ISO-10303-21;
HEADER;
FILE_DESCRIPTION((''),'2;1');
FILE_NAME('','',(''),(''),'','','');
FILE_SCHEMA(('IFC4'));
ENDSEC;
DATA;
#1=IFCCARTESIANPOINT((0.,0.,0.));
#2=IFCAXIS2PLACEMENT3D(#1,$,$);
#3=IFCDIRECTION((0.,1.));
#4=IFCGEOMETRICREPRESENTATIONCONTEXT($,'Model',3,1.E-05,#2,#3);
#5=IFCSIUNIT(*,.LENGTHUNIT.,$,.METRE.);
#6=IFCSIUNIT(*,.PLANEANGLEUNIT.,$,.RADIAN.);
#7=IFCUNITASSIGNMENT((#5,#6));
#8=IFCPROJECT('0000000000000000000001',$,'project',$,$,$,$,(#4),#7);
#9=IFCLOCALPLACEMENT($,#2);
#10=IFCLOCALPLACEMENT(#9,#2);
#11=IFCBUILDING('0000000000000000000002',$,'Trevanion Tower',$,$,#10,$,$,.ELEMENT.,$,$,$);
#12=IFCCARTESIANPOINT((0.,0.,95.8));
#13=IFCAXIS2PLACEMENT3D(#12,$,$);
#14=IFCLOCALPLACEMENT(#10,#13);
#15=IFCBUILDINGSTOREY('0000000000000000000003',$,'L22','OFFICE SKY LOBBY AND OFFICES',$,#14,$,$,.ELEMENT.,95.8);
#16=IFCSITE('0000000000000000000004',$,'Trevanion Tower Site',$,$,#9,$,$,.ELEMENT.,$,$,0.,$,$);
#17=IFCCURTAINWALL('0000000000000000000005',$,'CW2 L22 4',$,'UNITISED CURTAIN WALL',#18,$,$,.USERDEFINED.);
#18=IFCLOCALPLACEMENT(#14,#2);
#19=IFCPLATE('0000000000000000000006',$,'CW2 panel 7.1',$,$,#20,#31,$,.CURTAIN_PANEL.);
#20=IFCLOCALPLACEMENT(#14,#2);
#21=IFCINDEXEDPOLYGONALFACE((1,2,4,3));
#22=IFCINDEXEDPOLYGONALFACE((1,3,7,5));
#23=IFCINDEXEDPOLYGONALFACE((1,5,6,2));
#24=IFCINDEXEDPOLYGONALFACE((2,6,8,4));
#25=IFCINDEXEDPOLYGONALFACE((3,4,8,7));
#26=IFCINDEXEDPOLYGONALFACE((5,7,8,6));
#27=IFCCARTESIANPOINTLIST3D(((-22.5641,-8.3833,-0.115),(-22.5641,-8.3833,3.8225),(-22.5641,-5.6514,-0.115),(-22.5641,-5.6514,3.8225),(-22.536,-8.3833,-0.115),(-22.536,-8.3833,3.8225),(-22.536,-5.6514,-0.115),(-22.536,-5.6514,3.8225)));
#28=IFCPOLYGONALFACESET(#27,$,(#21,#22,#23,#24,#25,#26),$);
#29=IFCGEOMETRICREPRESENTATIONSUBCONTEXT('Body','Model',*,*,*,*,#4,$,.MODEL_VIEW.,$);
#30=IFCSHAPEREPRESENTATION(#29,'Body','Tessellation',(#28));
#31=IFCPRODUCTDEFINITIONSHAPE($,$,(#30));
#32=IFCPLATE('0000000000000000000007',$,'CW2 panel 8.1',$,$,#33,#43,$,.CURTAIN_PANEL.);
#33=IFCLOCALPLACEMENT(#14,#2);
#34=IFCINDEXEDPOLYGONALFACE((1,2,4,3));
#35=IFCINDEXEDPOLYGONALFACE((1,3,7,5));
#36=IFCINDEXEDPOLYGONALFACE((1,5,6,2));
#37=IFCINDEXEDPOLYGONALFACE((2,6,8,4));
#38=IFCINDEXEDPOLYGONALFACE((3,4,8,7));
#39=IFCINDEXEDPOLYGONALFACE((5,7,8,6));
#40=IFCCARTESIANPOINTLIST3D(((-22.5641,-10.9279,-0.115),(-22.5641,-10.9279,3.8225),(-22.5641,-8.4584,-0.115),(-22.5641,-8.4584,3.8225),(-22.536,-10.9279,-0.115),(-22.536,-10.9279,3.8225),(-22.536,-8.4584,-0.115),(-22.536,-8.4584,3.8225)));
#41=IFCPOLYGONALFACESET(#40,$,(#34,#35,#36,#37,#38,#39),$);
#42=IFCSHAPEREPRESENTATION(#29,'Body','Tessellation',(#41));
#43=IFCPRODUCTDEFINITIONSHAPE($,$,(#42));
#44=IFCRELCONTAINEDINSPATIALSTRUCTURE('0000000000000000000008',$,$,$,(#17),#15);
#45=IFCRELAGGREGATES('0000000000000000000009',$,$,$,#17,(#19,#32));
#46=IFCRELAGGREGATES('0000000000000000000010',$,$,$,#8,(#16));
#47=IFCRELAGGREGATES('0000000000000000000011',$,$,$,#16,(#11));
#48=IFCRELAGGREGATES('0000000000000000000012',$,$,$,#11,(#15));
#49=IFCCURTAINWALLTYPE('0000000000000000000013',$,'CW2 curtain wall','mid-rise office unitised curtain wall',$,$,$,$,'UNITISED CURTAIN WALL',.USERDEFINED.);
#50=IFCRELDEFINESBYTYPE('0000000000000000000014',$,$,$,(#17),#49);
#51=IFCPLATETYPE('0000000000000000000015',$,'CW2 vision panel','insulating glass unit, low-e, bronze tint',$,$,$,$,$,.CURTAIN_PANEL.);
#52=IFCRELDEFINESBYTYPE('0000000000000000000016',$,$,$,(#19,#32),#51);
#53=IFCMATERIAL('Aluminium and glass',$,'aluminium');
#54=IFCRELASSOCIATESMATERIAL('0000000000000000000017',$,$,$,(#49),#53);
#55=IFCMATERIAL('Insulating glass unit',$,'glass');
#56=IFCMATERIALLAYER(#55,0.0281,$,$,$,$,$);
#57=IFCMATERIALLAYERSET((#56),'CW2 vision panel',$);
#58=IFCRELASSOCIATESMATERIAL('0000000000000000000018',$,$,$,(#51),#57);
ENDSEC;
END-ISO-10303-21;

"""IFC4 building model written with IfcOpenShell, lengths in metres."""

from ifc_helpers import new_model, si_unit, direction, frame, origin, origin_2d, place, context, subcontext, project, spatial, rectangle, extrude, material, layer, layer_set, type_object, element, aggregate, save


model = new_model("IFC4")

# Units and contexts
model_context = context("Model", 3, precision=1e-05, world=origin(), true_north=direction((0.0, 1.0)))
body_context = subcontext(model_context, "Body", "Model", "MODEL_VIEW")
ifc_project = project(units=[si_unit("LENGTHUNIT", "METRE"), si_unit("PLANEANGLEUNIT", "RADIAN")], contexts=[model_context])

# Site, building, storey
site_placement = place(None, origin())
site = spatial("IfcSite", under=ifc_project, at=site_placement, Name="Trevanion Tower Site", CompositionType="ELEMENT", RefElevation=0.0)
building_placement = place(site_placement, origin())
building = spatial("IfcBuilding", under=site, at=building_placement, Name="Trevanion Tower", CompositionType="ELEMENT")
storey_placement = place(building_placement, frame((0.0, 0.0, 95.8)))
storey = spatial("IfcBuildingStorey", under=building, at=storey_placement, Name="L22", Description="OFFICE SKY LOBBY AND OFFICES", CompositionType="ELEMENT", Elevation=95.8)

# Curtain wall, plates
ifc_material_1 = material(Name="Aluminium and glass", Category="aluminium")
curtain_wall_type = type_object("IfcCurtainWallType", Name="CW2 curtain wall", Description="mid-rise office unitised curtain wall", ElementType="UNITISED CURTAIN WALL", PredefinedType="USERDEFINED", material=ifc_material_1)
curtain_wall_placement = place(storey_placement, origin())
curtain_wall = element("IfcCurtainWall", 1, at=curtain_wall_placement, inside=storey, type_object=curtain_wall_type, Name="CW2 L22 4", ObjectType="UNITISED CURTAIN WALL", PredefinedType="USERDEFINED")
ifc_material_2 = material(Name="Insulating glass unit", Category="glass")
ifc_layer_1 = layer(ifc_material_2, 0.0281)
ifc_layer_set_1 = layer_set([ifc_layer_1], Name="CW2 vision panel")
plate_type_1 = type_object("IfcPlateType", Name="CW2 vision panel", Description="insulating glass unit, low-e, bronze tint", PredefinedType="CURTAIN_PANEL", material=ifc_layer_set_1)
plate_1_placement = place(storey_placement, frame((-22.55, -7.0173, -0.115), z_axis=(0.0, 0.0, 1.0), x_axis=(0.0, -1.0, 0.0)))
plate_1 = element("IfcPlate", 2, at=plate_1_placement, type_object=plate_type_1, Name="CW2 panel 7.1", PredefinedType="CURTAIN_PANEL", context=body_context, shape_type="SweptSolid", body=[
    extrude(rectangle(XDim=2.7319, YDim=0.0281, at=origin_2d()), origin(), (0.0, 0.0, 1.0), 3.9375),
])
plate_2_placement = place(storey_placement, frame((-22.55, -9.6931, -0.115), z_axis=(0.0, 0.0, 1.0), x_axis=(0.0, -1.0, 0.0)))
plate_2 = element("IfcPlate", 3, at=plate_2_placement, type_object=plate_type_1, Name="CW2 panel 8.1", PredefinedType="CURTAIN_PANEL", context=body_context, shape_type="SweptSolid", body=[
    extrude(rectangle(XDim=2.4695, YDim=0.0281, at=origin_2d()), origin(), (0.0, 0.0, 1.0), 3.9375),
])
aggregate(curtain_wall, [plate_1, plate_2])

save(model, "model.ifc")
